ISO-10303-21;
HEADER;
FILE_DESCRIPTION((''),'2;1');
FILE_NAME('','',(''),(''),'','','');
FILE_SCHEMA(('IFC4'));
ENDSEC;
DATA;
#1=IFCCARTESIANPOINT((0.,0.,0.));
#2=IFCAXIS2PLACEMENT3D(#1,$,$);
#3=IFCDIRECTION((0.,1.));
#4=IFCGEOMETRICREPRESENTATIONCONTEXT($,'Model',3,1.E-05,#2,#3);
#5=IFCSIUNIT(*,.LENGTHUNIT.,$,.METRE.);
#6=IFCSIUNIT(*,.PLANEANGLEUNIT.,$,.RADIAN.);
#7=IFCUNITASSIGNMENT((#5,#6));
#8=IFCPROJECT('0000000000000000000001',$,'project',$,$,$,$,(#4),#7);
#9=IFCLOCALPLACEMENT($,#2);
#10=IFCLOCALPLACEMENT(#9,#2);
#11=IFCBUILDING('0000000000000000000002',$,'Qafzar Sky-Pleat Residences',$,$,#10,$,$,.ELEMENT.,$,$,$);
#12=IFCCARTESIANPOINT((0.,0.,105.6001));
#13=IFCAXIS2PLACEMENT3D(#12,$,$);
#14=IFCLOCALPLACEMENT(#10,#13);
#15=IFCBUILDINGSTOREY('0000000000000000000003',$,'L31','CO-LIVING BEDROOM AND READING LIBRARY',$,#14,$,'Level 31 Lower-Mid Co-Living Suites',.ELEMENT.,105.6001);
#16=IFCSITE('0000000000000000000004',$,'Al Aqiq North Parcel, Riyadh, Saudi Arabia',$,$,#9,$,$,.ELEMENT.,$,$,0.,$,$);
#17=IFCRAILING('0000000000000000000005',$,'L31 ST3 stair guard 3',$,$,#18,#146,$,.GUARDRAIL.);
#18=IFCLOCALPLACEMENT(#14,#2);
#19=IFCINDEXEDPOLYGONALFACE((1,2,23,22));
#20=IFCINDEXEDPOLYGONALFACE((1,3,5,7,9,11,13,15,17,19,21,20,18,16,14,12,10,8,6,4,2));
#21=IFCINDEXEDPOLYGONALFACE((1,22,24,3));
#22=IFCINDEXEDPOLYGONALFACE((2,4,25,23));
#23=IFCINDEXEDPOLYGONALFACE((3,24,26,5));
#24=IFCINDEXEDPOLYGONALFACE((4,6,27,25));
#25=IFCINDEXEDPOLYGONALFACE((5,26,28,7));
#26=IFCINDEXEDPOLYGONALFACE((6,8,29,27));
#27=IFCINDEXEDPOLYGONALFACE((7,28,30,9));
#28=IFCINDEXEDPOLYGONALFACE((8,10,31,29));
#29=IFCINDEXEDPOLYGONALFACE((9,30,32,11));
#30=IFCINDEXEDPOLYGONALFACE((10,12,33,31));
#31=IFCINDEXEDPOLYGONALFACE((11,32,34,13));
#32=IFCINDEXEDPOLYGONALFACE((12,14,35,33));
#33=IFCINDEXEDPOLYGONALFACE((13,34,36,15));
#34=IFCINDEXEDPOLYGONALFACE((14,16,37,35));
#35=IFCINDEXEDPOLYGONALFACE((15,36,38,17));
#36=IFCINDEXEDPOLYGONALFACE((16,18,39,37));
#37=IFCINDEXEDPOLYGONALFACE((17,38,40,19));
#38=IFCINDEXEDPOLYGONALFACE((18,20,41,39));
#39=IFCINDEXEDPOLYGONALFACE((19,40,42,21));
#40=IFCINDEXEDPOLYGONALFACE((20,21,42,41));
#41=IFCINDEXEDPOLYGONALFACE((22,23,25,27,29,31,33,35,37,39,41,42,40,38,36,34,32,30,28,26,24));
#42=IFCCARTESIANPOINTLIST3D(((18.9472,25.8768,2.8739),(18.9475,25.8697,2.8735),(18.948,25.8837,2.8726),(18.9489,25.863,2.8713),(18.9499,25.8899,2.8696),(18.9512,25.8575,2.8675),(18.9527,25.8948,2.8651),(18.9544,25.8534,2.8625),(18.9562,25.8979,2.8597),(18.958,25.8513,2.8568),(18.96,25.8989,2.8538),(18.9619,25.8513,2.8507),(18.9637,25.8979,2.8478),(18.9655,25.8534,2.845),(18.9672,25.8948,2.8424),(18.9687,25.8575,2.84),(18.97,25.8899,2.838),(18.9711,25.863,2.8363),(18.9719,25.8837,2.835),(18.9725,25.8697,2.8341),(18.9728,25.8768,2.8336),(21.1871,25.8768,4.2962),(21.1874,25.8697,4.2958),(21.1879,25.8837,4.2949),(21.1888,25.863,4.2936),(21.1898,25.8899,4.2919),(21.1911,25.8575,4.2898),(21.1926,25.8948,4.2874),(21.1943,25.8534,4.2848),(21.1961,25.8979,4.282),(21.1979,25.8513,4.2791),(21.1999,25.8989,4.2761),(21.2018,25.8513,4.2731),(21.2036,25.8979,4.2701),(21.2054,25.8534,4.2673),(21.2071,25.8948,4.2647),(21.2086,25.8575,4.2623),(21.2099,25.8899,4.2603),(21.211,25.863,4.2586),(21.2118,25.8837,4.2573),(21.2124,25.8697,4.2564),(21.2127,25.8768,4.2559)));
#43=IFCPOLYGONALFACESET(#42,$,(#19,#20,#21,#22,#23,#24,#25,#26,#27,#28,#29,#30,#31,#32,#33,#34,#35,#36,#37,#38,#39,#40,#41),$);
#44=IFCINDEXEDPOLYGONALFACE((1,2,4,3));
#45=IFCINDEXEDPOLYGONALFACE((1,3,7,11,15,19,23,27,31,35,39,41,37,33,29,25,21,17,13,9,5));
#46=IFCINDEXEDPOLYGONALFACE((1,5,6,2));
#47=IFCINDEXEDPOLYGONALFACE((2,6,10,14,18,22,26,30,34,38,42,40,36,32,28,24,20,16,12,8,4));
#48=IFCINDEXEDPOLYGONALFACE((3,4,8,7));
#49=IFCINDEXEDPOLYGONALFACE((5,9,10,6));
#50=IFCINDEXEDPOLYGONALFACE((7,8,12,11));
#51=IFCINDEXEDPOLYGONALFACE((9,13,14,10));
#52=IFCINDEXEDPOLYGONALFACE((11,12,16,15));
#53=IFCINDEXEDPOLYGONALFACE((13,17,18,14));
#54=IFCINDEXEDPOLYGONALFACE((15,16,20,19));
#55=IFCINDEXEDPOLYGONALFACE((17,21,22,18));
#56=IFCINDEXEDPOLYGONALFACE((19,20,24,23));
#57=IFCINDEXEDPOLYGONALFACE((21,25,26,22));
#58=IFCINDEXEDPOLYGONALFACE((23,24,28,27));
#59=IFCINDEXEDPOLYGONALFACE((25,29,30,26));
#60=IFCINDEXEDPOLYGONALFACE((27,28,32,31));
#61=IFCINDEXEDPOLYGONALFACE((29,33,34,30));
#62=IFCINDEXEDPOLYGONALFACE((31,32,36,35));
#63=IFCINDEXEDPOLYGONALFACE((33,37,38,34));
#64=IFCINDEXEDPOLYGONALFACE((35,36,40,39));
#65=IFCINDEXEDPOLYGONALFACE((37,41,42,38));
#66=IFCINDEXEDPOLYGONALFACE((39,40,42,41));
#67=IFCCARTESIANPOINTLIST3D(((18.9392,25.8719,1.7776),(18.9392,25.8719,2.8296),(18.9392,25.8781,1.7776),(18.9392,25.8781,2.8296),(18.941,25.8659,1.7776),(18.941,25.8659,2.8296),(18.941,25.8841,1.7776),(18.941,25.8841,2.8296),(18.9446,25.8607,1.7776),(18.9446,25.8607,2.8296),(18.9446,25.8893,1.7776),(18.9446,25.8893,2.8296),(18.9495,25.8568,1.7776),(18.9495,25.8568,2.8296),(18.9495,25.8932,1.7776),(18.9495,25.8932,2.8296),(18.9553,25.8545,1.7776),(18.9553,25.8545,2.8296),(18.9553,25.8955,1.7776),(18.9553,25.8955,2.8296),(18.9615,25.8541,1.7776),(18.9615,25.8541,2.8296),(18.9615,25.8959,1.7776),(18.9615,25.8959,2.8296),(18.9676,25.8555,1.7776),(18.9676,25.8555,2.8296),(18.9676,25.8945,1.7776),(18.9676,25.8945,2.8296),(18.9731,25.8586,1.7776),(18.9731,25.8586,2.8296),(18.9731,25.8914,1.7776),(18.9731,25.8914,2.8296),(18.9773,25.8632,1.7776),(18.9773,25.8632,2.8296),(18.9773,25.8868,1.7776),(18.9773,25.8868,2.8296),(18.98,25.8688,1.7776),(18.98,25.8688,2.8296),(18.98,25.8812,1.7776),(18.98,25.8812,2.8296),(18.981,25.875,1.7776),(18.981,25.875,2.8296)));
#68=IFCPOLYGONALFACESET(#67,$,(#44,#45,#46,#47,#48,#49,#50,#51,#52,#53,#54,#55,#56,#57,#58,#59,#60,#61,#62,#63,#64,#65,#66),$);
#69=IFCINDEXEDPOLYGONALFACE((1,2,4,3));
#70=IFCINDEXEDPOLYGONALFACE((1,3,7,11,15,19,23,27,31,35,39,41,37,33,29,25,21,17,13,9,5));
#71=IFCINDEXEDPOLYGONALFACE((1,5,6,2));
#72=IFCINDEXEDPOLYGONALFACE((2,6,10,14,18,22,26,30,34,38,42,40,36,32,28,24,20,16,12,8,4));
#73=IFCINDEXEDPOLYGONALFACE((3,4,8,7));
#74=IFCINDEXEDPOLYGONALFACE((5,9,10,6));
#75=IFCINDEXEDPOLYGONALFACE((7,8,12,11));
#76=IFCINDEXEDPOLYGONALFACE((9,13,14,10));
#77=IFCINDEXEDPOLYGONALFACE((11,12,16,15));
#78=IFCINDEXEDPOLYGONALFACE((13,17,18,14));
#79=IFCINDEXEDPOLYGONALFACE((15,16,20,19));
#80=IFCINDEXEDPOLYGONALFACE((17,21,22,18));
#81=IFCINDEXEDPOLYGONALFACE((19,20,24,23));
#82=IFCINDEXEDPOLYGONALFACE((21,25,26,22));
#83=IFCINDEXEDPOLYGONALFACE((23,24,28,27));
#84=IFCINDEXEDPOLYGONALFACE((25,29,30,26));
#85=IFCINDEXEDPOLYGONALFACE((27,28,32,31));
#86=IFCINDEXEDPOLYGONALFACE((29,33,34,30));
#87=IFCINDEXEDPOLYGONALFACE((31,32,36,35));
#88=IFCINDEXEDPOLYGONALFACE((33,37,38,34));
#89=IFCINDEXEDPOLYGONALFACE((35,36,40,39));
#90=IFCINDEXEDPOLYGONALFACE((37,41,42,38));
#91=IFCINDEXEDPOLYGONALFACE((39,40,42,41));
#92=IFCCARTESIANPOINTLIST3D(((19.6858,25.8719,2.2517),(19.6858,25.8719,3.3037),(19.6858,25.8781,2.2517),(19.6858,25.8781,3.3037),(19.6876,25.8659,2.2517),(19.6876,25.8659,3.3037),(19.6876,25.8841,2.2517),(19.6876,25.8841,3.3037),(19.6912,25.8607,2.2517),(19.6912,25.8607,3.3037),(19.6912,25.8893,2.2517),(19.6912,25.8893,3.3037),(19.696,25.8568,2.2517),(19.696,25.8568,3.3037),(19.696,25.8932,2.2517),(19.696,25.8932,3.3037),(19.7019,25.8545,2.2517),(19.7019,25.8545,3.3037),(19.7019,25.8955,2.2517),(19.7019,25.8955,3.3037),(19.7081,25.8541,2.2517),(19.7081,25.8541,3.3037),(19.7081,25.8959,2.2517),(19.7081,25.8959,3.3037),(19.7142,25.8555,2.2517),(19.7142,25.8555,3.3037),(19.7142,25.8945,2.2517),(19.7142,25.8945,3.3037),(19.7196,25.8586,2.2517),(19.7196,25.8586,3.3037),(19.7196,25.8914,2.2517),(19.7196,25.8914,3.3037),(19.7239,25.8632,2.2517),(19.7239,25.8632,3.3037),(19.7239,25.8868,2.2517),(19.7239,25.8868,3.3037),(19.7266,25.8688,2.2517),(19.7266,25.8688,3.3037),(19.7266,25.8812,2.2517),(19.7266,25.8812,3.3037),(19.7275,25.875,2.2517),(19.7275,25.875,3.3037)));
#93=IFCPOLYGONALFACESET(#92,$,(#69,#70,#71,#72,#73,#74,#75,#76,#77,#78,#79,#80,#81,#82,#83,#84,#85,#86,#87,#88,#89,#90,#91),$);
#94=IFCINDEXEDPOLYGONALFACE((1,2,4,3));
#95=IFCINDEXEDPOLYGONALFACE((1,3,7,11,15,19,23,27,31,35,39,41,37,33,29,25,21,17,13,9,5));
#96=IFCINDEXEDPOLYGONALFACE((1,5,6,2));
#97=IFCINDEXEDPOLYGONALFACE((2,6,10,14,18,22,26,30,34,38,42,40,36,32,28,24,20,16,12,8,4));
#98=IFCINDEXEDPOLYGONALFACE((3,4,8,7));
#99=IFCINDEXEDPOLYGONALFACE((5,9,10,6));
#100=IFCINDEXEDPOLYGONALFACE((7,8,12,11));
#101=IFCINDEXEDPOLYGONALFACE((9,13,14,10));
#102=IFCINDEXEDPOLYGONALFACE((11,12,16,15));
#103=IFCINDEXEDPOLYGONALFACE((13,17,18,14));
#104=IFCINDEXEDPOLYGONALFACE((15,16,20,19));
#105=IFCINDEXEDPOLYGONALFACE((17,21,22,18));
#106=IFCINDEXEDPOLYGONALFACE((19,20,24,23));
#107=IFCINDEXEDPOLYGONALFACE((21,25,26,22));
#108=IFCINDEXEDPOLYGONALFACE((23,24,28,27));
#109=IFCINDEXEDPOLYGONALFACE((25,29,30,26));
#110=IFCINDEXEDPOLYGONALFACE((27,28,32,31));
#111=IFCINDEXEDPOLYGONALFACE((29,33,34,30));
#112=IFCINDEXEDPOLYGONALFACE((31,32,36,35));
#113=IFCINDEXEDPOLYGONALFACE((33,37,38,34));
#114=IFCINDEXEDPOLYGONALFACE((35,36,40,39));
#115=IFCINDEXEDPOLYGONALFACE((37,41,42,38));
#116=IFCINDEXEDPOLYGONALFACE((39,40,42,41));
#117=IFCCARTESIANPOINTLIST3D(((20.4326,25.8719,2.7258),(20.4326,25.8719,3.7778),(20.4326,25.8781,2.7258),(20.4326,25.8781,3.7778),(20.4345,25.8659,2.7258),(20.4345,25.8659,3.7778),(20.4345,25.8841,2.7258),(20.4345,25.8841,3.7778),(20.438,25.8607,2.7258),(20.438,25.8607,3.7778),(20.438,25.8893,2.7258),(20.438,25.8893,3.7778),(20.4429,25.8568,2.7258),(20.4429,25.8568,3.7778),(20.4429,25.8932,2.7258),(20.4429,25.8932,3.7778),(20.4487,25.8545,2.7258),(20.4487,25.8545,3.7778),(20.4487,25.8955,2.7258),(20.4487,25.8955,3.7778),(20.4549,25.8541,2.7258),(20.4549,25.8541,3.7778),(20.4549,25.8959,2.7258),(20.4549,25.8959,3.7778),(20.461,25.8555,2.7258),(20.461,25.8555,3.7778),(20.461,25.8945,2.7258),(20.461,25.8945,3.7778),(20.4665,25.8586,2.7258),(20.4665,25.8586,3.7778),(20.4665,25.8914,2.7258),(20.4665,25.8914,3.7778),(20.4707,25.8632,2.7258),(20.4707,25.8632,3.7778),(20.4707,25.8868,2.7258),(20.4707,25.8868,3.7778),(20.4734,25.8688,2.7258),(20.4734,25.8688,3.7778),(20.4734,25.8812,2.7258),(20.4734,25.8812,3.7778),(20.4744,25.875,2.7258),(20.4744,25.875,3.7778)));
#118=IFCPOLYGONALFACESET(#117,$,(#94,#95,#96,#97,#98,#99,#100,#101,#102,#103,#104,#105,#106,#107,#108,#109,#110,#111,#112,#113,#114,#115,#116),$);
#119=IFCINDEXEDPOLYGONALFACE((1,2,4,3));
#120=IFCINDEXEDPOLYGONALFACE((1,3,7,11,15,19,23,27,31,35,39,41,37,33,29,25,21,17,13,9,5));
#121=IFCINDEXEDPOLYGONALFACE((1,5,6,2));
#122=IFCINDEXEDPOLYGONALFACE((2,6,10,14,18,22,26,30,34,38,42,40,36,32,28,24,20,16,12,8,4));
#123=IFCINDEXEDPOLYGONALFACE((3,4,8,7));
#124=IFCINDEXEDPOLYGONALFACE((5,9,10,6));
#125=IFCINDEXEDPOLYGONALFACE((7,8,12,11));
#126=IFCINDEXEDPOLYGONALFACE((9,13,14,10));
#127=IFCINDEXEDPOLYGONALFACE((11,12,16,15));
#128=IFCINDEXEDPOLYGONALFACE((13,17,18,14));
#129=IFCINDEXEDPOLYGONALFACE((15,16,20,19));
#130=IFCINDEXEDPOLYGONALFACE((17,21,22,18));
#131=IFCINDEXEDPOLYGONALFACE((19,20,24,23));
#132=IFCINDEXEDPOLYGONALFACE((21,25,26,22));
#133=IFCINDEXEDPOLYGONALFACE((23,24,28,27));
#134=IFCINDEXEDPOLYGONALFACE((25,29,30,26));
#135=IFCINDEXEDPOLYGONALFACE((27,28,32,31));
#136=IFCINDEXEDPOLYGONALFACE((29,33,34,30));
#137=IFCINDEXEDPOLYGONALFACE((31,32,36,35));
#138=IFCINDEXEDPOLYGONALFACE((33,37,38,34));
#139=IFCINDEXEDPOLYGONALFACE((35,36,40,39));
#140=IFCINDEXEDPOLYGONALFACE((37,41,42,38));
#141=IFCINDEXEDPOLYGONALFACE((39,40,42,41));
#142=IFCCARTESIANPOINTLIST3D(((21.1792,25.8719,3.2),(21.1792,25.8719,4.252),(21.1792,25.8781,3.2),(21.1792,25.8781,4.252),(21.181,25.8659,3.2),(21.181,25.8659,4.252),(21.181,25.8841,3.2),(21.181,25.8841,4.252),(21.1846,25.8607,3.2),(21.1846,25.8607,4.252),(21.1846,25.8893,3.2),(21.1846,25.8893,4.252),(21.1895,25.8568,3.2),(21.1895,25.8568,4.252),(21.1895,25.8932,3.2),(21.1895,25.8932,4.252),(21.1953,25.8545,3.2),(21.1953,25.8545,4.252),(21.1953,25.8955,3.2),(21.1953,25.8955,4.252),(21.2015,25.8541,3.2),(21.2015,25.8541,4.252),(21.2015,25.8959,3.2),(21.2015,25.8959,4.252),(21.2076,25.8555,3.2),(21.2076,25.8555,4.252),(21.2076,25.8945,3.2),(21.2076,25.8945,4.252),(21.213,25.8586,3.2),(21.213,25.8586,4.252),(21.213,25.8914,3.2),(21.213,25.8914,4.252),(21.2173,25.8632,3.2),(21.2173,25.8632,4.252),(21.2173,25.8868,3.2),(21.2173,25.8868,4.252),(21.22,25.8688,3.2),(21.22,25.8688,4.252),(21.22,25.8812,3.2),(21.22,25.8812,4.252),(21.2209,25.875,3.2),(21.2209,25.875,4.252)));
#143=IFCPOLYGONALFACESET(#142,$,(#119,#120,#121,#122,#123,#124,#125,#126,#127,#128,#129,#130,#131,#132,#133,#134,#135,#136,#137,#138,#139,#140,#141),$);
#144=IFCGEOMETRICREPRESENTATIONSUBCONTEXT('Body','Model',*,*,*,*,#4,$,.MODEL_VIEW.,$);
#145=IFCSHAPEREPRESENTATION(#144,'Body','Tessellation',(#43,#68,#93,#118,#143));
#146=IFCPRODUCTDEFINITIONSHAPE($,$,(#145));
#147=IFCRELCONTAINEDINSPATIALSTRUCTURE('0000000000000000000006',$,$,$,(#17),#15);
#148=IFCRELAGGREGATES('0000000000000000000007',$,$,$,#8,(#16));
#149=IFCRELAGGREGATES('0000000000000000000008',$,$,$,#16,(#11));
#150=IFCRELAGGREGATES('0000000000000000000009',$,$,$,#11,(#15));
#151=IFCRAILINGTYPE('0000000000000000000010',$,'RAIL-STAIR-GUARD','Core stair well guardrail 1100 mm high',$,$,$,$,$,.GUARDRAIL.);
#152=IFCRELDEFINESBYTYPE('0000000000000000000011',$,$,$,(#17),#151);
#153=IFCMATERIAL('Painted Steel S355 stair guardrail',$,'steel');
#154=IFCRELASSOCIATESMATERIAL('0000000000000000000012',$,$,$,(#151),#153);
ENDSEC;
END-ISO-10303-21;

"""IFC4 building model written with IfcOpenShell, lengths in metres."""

from ifc_helpers import new_model, si_unit, direction, frame, origin, origin_2d, place, context, subcontext, project, spatial, circle, extrude, source, transform, mapped, material, type_object, element, save


model = new_model("IFC4")

# Units and contexts
model_context = context("Model", 3, precision=1e-05, world=origin(), true_north=direction((0.0, 1.0)))
body_context = subcontext(model_context, "Body", "Model", "MODEL_VIEW")
ifc_project = project(units=[si_unit("LENGTHUNIT", "METRE"), si_unit("PLANEANGLEUNIT", "RADIAN")], contexts=[model_context])

# Site, building, storey
site_placement = place(None, origin())
site = spatial("IfcSite", under=ifc_project, at=site_placement, Name="Al Aqiq North Parcel, Riyadh, Saudi Arabia", CompositionType="ELEMENT", RefElevation=0.0)
building_placement = place(site_placement, origin())
building = spatial("IfcBuilding", under=site, at=building_placement, Name="Qafzar Sky-Pleat Residences", CompositionType="ELEMENT")
storey_placement = place(building_placement, frame((0.0, 0.0, 105.6001)))
storey = spatial("IfcBuildingStorey", under=building, at=storey_placement, Name="L31", Description="CO-LIVING BEDROOM AND READING LIBRARY", LongName="Level 31 Lower-Mid Co-Living Suites", CompositionType="ELEMENT", Elevation=105.6001)

# Railing
ifc_material_1 = material(Name="Painted Steel S355 stair guardrail", Category="steel")
railing_type_1 = type_object("IfcRailingType", Name="RAIL-STAIR-GUARD", Description="Core stair well guardrail 1100 mm high", PredefinedType="GUARDRAIL", material=ifc_material_1)
shared_shape_1 = source(origin(), body_context, "Body", "SweptSolid", [
    extrude(circle(Radius=0.0239, at=origin_2d()), frame((0.0, 0.0, 1.0762), z_axis=(0.844188, 0.0, 0.536048), x_axis=(0.0, 1.0, 0.0)), (0.0, 0.0, 1.0), 2.6533),
    extrude(circle(Radius=0.021, at=origin_2d()), origin(), (0.0, 0.0, 1.0), 1.052),
    extrude(circle(Radius=0.021, at=origin_2d()), frame((0.7466, 0.0, 0.4741)), (0.0, 0.0, 1.0), 1.052),
    extrude(circle(Radius=0.021, at=origin_2d()), frame((1.4934, 0.0, 0.9482)), (0.0, 0.0, 1.0), 1.052),
    extrude(circle(Radius=0.021, at=origin_2d()), frame((2.24, 0.0, 1.4224)), (0.0, 0.0, 1.0), 1.052),
])
railing_1_placement = place(storey_placement, frame((18.96, 25.875, 1.7776)))
element("IfcRailing", 1, at=railing_1_placement, inside=storey, type_object=railing_type_1, Name="L31 ST3 stair guard 3", PredefinedType="GUARDRAIL", context=body_context, shape_type="MappedRepresentation", body=[
    mapped(shared_shape_1, transform((0.0, 0.0, 0.0), x_axis=(1.0, 0.0, 0.0), y_axis=(0.0, 1.0, 0.0), z_axis=(0.0, 0.0, 1.0), scale=1.0)),
])

save(model, "model.ifc")
